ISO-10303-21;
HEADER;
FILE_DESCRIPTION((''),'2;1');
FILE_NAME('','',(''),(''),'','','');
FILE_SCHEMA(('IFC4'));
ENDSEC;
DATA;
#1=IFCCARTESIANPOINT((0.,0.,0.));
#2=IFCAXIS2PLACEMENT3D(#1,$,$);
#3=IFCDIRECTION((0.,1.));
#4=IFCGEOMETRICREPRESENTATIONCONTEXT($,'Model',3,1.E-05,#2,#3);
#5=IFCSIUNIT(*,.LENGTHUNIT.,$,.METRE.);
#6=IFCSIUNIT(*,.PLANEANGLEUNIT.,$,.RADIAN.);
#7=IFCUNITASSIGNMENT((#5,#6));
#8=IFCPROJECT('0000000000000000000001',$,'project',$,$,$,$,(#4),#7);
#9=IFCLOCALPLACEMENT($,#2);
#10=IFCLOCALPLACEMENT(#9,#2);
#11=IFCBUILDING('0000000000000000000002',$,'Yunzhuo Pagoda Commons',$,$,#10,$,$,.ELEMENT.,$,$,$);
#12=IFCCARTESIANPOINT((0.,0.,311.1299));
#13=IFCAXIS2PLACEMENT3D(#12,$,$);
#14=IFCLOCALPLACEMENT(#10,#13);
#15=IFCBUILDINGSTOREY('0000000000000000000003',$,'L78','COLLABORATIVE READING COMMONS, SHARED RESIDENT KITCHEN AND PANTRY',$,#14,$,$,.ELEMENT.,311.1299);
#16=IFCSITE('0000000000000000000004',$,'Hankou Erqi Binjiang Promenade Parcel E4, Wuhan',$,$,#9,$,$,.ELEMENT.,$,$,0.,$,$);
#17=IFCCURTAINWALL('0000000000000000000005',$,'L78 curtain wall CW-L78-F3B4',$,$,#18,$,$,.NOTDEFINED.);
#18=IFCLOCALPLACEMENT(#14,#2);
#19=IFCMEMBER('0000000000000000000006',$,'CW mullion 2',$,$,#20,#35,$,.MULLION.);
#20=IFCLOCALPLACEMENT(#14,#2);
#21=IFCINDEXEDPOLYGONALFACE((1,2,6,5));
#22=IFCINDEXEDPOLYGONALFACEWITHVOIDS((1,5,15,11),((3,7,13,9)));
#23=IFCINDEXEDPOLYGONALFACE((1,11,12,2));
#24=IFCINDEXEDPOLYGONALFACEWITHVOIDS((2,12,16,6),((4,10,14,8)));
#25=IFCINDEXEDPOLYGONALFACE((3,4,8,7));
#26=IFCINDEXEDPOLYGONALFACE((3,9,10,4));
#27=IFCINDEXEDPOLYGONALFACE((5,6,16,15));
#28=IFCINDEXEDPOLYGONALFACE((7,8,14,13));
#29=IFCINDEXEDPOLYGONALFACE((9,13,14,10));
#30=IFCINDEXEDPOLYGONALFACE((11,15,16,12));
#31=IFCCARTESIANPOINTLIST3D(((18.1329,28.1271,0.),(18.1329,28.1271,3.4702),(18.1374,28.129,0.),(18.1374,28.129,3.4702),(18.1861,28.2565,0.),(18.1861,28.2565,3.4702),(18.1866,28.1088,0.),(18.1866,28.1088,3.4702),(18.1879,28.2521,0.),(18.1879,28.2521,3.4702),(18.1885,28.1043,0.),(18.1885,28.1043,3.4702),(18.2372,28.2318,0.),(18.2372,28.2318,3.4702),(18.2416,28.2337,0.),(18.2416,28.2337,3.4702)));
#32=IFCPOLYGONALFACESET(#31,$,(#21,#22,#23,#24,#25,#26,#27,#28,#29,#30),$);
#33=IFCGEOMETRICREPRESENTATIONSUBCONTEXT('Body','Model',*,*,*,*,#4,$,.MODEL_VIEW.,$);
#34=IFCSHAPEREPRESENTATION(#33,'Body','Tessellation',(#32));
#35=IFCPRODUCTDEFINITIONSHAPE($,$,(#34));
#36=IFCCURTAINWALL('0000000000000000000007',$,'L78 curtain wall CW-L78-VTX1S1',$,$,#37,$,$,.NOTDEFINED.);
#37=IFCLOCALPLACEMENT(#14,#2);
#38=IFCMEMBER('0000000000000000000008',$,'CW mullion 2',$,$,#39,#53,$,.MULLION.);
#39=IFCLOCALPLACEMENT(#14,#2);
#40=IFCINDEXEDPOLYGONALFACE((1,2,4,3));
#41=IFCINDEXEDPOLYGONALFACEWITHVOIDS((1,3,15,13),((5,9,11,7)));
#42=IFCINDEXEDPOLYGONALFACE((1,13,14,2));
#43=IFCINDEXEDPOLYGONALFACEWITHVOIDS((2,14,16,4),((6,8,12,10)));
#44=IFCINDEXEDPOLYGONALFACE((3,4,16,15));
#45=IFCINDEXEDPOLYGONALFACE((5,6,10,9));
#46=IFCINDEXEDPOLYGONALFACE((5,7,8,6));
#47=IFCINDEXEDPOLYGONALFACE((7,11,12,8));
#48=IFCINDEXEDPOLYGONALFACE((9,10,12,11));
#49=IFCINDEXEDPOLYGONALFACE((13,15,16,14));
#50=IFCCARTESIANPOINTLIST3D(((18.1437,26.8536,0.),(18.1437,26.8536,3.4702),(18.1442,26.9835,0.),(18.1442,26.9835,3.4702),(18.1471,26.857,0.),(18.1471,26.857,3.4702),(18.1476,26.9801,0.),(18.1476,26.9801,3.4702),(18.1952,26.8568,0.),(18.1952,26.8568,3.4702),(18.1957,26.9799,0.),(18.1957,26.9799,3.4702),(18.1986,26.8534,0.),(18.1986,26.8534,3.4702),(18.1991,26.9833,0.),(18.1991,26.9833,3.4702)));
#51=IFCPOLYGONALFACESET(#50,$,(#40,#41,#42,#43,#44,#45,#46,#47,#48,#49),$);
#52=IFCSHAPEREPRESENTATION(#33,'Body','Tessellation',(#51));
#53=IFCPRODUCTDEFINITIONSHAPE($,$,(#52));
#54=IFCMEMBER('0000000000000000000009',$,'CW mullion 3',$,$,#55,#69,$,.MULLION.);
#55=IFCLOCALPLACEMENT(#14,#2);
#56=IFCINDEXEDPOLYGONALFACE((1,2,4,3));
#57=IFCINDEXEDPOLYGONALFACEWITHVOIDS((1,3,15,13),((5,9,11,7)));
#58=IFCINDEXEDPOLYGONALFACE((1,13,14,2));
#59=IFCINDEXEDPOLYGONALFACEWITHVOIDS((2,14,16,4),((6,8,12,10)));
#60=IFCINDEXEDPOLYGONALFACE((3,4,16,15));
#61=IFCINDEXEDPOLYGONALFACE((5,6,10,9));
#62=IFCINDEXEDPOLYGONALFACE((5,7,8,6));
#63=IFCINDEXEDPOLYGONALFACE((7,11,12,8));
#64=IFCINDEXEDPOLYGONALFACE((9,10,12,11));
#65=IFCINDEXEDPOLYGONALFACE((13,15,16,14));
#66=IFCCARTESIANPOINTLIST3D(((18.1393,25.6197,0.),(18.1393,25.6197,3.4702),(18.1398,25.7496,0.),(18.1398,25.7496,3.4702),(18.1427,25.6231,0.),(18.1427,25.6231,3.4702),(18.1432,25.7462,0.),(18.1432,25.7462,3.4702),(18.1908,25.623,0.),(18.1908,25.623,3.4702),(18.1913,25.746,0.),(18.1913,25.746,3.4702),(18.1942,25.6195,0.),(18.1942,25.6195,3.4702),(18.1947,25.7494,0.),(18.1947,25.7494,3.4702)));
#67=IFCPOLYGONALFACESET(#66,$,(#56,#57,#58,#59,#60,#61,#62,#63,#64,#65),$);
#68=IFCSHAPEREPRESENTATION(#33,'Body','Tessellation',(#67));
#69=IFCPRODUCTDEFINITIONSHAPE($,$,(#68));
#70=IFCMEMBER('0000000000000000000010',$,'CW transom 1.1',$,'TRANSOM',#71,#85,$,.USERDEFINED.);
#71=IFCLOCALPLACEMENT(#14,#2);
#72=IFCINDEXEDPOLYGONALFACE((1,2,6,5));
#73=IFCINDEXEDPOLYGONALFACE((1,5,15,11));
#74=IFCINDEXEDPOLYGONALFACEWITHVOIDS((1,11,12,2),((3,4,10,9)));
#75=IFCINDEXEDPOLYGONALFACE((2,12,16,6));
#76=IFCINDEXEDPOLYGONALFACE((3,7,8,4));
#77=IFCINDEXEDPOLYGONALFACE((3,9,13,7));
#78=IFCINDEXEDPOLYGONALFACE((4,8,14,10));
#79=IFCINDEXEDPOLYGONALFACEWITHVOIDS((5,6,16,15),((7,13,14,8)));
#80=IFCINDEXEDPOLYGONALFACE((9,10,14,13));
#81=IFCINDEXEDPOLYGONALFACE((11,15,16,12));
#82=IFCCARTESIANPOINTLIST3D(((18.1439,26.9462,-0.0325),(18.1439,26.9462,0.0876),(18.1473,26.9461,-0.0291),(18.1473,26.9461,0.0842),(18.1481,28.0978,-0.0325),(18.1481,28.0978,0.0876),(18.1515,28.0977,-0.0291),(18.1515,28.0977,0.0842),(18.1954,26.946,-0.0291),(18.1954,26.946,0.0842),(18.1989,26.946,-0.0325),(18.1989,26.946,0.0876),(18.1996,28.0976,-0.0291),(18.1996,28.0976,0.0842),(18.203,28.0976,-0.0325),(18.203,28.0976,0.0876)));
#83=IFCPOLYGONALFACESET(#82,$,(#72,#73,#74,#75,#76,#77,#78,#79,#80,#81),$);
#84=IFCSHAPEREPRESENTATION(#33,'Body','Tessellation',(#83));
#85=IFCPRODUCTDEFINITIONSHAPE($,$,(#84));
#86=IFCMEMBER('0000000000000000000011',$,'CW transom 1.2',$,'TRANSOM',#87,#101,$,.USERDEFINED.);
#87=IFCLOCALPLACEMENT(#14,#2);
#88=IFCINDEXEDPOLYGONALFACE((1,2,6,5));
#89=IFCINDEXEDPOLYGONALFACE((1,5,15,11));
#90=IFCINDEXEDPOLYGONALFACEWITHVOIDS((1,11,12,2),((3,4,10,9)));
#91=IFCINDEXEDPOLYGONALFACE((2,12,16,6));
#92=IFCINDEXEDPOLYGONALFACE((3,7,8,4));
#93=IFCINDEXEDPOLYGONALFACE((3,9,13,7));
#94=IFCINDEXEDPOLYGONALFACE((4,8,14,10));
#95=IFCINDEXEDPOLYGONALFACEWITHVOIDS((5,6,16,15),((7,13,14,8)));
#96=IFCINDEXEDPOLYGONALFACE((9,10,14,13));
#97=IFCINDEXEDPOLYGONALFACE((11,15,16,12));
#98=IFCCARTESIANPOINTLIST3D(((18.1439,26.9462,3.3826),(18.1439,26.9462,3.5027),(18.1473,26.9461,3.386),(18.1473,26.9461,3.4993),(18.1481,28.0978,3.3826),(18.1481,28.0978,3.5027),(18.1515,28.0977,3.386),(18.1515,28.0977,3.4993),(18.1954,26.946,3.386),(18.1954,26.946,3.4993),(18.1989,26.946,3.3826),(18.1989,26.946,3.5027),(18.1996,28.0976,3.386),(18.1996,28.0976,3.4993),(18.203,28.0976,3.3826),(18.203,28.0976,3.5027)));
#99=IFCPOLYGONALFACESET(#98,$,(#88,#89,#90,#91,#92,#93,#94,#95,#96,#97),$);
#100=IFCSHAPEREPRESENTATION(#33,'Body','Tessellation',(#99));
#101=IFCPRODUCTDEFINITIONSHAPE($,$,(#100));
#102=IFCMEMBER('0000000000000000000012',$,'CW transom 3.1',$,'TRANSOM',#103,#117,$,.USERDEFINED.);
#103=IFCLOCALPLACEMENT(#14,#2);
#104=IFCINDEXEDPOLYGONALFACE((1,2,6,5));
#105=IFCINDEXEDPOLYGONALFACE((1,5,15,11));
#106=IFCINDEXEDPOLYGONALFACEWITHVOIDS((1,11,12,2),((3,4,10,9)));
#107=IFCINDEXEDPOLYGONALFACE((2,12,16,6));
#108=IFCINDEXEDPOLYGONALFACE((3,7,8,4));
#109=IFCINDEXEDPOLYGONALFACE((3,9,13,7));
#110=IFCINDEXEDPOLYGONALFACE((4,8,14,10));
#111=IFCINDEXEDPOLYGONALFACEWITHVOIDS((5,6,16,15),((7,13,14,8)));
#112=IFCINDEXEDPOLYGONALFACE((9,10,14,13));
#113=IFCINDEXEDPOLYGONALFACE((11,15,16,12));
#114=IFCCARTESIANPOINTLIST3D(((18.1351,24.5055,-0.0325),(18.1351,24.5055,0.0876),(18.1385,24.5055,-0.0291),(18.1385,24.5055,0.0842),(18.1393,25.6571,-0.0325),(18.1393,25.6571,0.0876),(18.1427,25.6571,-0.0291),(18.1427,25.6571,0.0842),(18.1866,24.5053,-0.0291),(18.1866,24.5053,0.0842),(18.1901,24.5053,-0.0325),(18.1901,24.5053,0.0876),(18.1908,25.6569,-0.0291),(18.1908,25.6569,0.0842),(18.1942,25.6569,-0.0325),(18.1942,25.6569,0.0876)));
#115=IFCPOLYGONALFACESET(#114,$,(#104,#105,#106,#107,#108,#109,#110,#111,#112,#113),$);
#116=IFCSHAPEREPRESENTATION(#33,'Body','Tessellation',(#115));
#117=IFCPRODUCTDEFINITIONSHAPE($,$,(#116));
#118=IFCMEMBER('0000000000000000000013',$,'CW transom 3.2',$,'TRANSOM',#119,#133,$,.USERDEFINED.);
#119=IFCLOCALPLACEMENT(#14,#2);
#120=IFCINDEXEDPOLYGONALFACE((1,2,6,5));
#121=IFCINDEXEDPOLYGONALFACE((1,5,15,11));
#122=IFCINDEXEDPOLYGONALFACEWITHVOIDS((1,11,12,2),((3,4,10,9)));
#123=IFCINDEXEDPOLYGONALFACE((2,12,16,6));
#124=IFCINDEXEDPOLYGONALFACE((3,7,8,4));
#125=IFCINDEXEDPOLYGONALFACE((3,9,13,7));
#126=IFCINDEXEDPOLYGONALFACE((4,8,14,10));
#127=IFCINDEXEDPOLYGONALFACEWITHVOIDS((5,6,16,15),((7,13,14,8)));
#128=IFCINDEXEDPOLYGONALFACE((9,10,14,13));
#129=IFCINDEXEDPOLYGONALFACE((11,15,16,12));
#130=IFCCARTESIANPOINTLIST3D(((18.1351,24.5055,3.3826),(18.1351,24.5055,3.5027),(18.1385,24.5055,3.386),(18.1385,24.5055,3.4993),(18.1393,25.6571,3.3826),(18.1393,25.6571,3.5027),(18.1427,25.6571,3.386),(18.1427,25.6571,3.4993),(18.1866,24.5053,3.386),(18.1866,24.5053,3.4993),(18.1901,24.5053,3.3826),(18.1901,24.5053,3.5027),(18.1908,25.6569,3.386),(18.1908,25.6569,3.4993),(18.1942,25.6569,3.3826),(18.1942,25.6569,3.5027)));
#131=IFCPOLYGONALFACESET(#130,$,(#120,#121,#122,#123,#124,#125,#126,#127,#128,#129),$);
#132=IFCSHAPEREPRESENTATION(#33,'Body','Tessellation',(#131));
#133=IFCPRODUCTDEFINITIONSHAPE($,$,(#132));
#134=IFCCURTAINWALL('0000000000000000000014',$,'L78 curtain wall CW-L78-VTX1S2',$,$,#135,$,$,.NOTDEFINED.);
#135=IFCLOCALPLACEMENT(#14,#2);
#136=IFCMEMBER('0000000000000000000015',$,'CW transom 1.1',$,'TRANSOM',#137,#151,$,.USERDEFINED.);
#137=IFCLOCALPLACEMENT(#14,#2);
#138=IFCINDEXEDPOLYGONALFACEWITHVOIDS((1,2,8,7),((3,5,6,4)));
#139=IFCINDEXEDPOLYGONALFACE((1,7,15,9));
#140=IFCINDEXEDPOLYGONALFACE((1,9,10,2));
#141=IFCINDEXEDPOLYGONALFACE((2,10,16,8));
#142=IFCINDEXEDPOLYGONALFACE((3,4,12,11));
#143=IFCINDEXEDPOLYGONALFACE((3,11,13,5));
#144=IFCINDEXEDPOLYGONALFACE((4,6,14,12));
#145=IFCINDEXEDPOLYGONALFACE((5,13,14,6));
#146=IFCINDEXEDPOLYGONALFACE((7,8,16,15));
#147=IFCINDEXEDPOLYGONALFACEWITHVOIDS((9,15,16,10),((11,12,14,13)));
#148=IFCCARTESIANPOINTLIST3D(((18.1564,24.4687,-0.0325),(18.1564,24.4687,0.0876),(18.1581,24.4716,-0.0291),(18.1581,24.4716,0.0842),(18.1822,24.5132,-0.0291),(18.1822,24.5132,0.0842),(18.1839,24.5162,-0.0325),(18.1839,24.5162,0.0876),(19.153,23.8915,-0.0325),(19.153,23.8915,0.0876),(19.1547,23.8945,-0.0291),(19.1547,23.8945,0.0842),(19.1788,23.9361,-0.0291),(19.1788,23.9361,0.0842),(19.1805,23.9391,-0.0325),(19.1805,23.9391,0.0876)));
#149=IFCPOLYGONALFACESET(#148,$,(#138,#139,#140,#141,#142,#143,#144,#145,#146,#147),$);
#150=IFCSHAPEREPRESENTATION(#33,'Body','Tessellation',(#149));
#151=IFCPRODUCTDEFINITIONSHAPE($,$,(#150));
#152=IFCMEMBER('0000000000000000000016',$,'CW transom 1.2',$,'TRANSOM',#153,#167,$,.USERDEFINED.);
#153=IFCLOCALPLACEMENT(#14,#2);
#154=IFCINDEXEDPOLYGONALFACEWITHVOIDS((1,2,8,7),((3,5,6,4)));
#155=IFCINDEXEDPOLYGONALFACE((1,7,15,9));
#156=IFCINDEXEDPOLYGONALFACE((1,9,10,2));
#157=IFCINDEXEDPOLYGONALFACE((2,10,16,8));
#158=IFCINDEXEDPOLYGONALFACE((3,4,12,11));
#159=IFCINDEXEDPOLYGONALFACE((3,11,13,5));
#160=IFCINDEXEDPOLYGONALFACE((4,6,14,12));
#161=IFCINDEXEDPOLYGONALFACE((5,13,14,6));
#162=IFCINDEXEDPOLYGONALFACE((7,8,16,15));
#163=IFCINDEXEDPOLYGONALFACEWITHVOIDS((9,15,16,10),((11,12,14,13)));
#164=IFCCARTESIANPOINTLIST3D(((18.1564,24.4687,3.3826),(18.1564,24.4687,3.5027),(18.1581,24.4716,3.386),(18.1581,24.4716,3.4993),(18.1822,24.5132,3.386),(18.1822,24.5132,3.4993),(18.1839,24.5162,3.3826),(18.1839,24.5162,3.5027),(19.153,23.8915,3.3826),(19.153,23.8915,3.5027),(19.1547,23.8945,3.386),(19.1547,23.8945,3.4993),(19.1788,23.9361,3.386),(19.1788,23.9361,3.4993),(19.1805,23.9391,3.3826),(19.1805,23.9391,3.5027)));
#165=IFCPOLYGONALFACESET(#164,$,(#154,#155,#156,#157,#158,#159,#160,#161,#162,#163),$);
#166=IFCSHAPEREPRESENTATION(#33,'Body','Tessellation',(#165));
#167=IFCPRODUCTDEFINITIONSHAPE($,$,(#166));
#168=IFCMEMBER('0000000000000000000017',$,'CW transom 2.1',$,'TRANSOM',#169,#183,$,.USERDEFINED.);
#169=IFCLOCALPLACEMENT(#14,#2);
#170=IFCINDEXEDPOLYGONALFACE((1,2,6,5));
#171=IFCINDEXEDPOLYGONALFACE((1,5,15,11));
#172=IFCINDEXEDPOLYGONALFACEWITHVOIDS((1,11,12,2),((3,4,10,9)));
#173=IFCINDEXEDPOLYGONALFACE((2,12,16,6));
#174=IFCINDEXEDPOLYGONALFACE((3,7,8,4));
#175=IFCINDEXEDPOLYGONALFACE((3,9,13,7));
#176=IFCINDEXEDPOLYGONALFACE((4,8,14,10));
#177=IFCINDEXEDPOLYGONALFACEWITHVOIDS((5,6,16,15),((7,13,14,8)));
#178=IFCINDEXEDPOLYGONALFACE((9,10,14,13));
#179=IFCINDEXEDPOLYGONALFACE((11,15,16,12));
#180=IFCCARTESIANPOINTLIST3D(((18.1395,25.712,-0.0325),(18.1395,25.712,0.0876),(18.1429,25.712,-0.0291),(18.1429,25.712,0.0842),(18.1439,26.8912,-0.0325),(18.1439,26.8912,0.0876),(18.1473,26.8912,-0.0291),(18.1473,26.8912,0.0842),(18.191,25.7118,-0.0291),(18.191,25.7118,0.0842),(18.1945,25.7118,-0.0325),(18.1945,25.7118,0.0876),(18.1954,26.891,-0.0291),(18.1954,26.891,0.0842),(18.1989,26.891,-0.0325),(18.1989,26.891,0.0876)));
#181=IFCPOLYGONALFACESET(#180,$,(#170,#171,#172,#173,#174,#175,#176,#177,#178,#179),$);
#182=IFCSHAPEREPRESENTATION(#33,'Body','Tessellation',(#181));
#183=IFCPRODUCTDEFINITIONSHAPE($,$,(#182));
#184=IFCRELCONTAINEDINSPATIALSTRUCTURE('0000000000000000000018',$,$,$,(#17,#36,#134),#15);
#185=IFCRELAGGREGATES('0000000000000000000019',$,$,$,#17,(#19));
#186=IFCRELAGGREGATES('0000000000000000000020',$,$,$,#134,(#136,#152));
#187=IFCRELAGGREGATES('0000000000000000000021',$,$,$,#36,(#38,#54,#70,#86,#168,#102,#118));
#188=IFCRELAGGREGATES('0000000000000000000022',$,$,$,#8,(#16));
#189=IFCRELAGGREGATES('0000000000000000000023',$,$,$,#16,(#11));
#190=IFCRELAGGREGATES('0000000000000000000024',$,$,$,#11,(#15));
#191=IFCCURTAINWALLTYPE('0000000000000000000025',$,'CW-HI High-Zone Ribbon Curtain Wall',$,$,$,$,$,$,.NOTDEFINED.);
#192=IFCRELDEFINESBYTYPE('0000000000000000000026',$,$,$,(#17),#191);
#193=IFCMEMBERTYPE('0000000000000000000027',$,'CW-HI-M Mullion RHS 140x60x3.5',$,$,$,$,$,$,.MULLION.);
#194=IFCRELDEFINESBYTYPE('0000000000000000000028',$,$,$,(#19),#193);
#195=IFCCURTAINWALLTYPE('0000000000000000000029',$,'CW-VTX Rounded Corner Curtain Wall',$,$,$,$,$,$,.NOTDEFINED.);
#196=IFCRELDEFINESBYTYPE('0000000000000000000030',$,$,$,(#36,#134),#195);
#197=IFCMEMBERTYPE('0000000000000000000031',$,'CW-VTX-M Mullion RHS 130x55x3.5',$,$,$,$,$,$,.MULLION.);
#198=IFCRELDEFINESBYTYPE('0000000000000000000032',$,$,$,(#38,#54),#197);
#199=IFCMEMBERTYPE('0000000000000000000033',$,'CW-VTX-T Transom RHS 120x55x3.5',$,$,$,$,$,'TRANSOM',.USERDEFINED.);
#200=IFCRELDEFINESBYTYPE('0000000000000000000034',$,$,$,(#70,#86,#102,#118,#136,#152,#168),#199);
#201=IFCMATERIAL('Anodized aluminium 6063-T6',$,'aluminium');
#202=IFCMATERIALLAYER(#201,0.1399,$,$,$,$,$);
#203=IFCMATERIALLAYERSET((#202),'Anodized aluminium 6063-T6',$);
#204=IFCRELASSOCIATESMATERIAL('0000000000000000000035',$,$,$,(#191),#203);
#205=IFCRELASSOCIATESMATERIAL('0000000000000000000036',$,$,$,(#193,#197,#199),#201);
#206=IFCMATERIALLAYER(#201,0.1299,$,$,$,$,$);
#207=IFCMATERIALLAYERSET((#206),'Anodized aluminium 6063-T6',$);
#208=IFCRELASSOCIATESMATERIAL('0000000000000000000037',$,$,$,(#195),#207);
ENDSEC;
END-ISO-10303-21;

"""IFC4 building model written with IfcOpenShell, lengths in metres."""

from ifc_helpers import new_model, si_unit, direction, frame, origin, origin_2d, place, context, subcontext, project, spatial, hollow_rectangle, extrude, source, transform, mapped, material, layer, layer_set, material_profile, profile_set, type_object, element, aggregate, save


model = new_model("IFC4")

# Units and contexts
model_context = context("Model", 3, precision=1e-05, world=origin(), true_north=direction((0.0, 1.0)))
body_context = subcontext(model_context, "Body", "Model", "MODEL_VIEW")
ifc_project = project(units=[si_unit("LENGTHUNIT", "METRE"), si_unit("PLANEANGLEUNIT", "RADIAN")], contexts=[model_context])

# Site, building, storey
site_placement = place(None, origin())
site = spatial("IfcSite", under=ifc_project, at=site_placement, Name="Hankou Erqi Binjiang Promenade Parcel E4, Wuhan", CompositionType="ELEMENT", RefElevation=0.0)
building_placement = place(site_placement, origin())
building = spatial("IfcBuilding", under=site, at=building_placement, Name="Yunzhuo Pagoda Commons", CompositionType="ELEMENT")
storey_placement = place(building_placement, frame((0.0, 0.0, 311.1299)))
storey = spatial("IfcBuildingStorey", under=building, at=storey_placement, Name="L78", Description="COLLABORATIVE READING COMMONS, SHARED RESIDENT KITCHEN AND PANTRY", CompositionType="ELEMENT", Elevation=311.1299)

# Curtain wall, member
ifc_material_1 = material(Name="Anodized aluminium 6063-T6", Category="aluminium")
ifc_layer_1 = layer(ifc_material_1, 0.1399)
ifc_layer_set_1 = layer_set([ifc_layer_1], Name="Anodized aluminium 6063-T6")
curtain_wall_type_1 = type_object("IfcCurtainWallType", Name="CW-HI High-Zone Ribbon Curtain Wall", PredefinedType="NOTDEFINED", material=ifc_layer_set_1)
curtain_wall_1_placement = place(storey_placement, origin())
curtain_wall_1 = element("IfcCurtainWall", 1, at=curtain_wall_1_placement, inside=storey, type_object=curtain_wall_type_1, Name="L78 curtain wall CW-L78-F3B4", PredefinedType="NOTDEFINED")
ifc_material_profile_1 = material_profile(ifc_material_1, hollow_rectangle(XDim=0.0601, YDim=0.1399, WallThickness=0.0034, at=origin_2d()), Name="Anodized aluminium 6063-T6")
ifc_profile_set_1 = profile_set([ifc_material_profile_1], Name="Anodized aluminium 6063-T6")
member_type_1 = type_object("IfcMemberType", Name="CW-HI-M Mullion RHS 140x60x3.5", PredefinedType="MULLION", material=ifc_profile_set_1)
shared_shape_1 = source(origin(), body_context, "Body", "SweptSolid", [
    extrude(hollow_rectangle(XDim=0.0601, YDim=0.1399, WallThickness=0.0034, at=origin_2d()), origin(), (0.0, 0.0, 1.0), 3.4702),
])
member_1_placement = place(storey_placement, frame((18.1873, 28.1804, 0.0), z_axis=(0.0, 0.0, 1.0), x_axis=(0.924975, -0.380027, 0.0)))
member_1 = element("IfcMember", 2, at=member_1_placement, type_object=member_type_1, Name="CW mullion 2", PredefinedType="MULLION", context=body_context, shape_type="MappedRepresentation", body=[
    mapped(shared_shape_1, transform((0.0, 0.0, 0.0), scale=1.0)),
])
aggregate(curtain_wall_1, [member_1])

# Curtain walls, members
ifc_layer_2 = layer(ifc_material_1, 0.1299)
ifc_layer_set_2 = layer_set([ifc_layer_2], Name="Anodized aluminium 6063-T6")
curtain_wall_type_2 = type_object("IfcCurtainWallType", Name="CW-VTX Rounded Corner Curtain Wall", PredefinedType="NOTDEFINED", material=ifc_layer_set_2)
curtain_wall_2_placement = place(storey_placement, origin())
curtain_wall_2 = element("IfcCurtainWall", 3, at=curtain_wall_2_placement, inside=storey, type_object=curtain_wall_type_2, Name="L78 curtain wall CW-L78-VTX1S1", PredefinedType="NOTDEFINED")
ifc_material_profile_2 = material_profile(ifc_material_1, hollow_rectangle(XDim=0.0549, YDim=0.1299, WallThickness=0.0034, at=origin_2d()), Name="Anodized aluminium 6063-T6")
ifc_profile_set_2 = profile_set([ifc_material_profile_2], Name="Anodized aluminium 6063-T6")
member_type_2 = type_object("IfcMemberType", Name="CW-VTX-M Mullion RHS 130x55x3.5", PredefinedType="MULLION", material=ifc_profile_set_2)
shared_shape_2 = source(origin(), body_context, "Body", "SweptSolid", [
    extrude(hollow_rectangle(XDim=0.0549, YDim=0.1299, WallThickness=0.0034, at=origin_2d()), origin(), (0.0, 0.0, 1.0), 3.4702),
])
member_2_placement = place(storey_placement, frame((18.1714, 26.9185, 0.0), z_axis=(0.0, 0.0, 1.0), x_axis=(0.999994, -0.003592, 0.0)))
member_2 = element("IfcMember", 4, at=member_2_placement, type_object=member_type_2, Name="CW mullion 2", PredefinedType="MULLION", context=body_context, shape_type="MappedRepresentation", body=[
    mapped(shared_shape_2, transform((0.0, 0.0, 0.0), scale=1.0)),
])
member_3_placement = place(storey_placement, frame((18.167, 25.6846, 0.0), z_axis=(0.0, 0.0, 1.0), x_axis=(0.999994, -0.003592, 0.0)))
member_3 = element("IfcMember", 5, at=member_3_placement, type_object=member_type_2, Name="CW mullion 3", PredefinedType="MULLION", context=body_context, shape_type="MappedRepresentation", body=[
    mapped(shared_shape_2, transform((0.0, 0.0, 0.0), scale=1.0)),
])
ifc_material_profile_3 = material_profile(ifc_material_1, hollow_rectangle(XDim=0.0549, YDim=0.1201, WallThickness=0.0034, at=origin_2d()), Name="Anodized aluminium 6063-T6")
ifc_profile_set_3 = profile_set([ifc_material_profile_3], Name="Anodized aluminium 6063-T6")
member_type_3 = type_object("IfcMemberType", Name="CW-VTX-T Transom RHS 120x55x3.5", ElementType="TRANSOM", PredefinedType="USERDEFINED", material=ifc_profile_set_3)
shared_shape_3 = source(origin(), body_context, "Body", "SweptSolid", [
    extrude(hollow_rectangle(XDim=0.0549, YDim=0.1201, WallThickness=0.0034, at=origin_2d()), origin(), (0.0, 0.0, 1.0), 1.1516),
])
member_4_placement = place(storey_placement, frame((18.1755, 28.0977, 0.0276), z_axis=(-0.003604, -0.999994, 0.0), x_axis=(0.999994, -0.003604, 0.0)))
member_4 = element("IfcMember", 6, at=member_4_placement, type_object=member_type_3, Name="CW transom 1.1", ObjectType="TRANSOM", PredefinedType="USERDEFINED", context=body_context, shape_type="MappedRepresentation", body=[
    mapped(shared_shape_3, transform((0.0, 0.0, 0.0), scale=1.0)),
])
member_5_placement = place(storey_placement, frame((18.1755, 28.0977, 3.4426), z_axis=(-0.003604, -0.999994, 0.0), x_axis=(0.999994, -0.003604, 0.0)))
member_5 = element("IfcMember", 7, at=member_5_placement, type_object=member_type_3, Name="CW transom 1.2", ObjectType="TRANSOM", PredefinedType="USERDEFINED", context=body_context, shape_type="MappedRepresentation", body=[
    mapped(shared_shape_3, transform((0.0, 0.0, 0.0), scale=1.0)),
])
member_6_placement = place(storey_placement, frame((18.1667, 25.657, 0.0276), z_axis=(-0.003604, -0.999994, 0.0), x_axis=(0.999994, -0.003604, 0.0)))
member_6 = element("IfcMember", 8, at=member_6_placement, type_object=member_type_3, Name="CW transom 3.1", ObjectType="TRANSOM", PredefinedType="USERDEFINED", context=body_context, shape_type="MappedRepresentation", body=[
    mapped(shared_shape_3, transform((0.0, 0.0, 0.0), scale=1.0)),
])
member_7_placement = place(storey_placement, frame((18.1667, 25.657, 3.4426), z_axis=(-0.003604, -0.999994, 0.0), x_axis=(0.999994, -0.003604, 0.0)))
member_7 = element("IfcMember", 9, at=member_7_placement, type_object=member_type_3, Name="CW transom 3.2", ObjectType="TRANSOM", PredefinedType="USERDEFINED", context=body_context, shape_type="MappedRepresentation", body=[
    mapped(shared_shape_3, transform((0.0, 0.0, 0.0), scale=1.0)),
])
curtain_wall_3_placement = place(storey_placement, origin())
curtain_wall_3 = element("IfcCurtainWall", 10, at=curtain_wall_3_placement, inside=storey, type_object=curtain_wall_type_2, Name="L78 curtain wall CW-L78-VTX1S2", PredefinedType="NOTDEFINED")
member_8_placement = place(storey_placement, frame((18.1702, 24.4924, 0.0276), z_axis=(0.865359, -0.501153, 0.0), x_axis=(0.501153, 0.865359, 0.0)))
member_8 = element("IfcMember", 11, at=member_8_placement, type_object=member_type_3, Name="CW transom 1.1", ObjectType="TRANSOM", PredefinedType="USERDEFINED", context=body_context, shape_type="MappedRepresentation", body=[
    mapped(shared_shape_3, transform((0.0, 0.0, 0.0), scale=1.0)),
])
member_9_placement = place(storey_placement, frame((18.1702, 24.4924, 3.4426), z_axis=(0.865359, -0.501153, 0.0), x_axis=(0.501153, 0.865359, 0.0)))
member_9 = element("IfcMember", 12, at=member_9_placement, type_object=member_type_3, Name="CW transom 1.2", ObjectType="TRANSOM", PredefinedType="USERDEFINED", context=body_context, shape_type="MappedRepresentation", body=[
    mapped(shared_shape_3, transform((0.0, 0.0, 0.0), scale=1.0)),
])
aggregate(curtain_wall_3, [member_8, member_9])

# Member
shared_shape_4 = source(origin(), body_context, "Body", "SweptSolid", [
    extrude(hollow_rectangle(XDim=0.0549, YDim=0.1201, WallThickness=0.0034, at=origin_2d()), origin(), (0.0, 0.0, 1.0), 1.1792),
])
member_10_placement = place(storey_placement, frame((18.1714, 26.8911, 0.0276), z_axis=(-0.003727, -0.999993, 0.0), x_axis=(0.999993, -0.003727, 0.0)))
member_10 = element("IfcMember", 13, at=member_10_placement, type_object=member_type_3, Name="CW transom 2.1", ObjectType="TRANSOM", PredefinedType="USERDEFINED", context=body_context, shape_type="MappedRepresentation", body=[
    mapped(shared_shape_4, transform((0.0, 0.0, 0.0), scale=1.0)),
])

aggregate(curtain_wall_2, [member_2, member_3, member_4, member_5, member_10, member_6, member_7])

save(model, "model.ifc")
